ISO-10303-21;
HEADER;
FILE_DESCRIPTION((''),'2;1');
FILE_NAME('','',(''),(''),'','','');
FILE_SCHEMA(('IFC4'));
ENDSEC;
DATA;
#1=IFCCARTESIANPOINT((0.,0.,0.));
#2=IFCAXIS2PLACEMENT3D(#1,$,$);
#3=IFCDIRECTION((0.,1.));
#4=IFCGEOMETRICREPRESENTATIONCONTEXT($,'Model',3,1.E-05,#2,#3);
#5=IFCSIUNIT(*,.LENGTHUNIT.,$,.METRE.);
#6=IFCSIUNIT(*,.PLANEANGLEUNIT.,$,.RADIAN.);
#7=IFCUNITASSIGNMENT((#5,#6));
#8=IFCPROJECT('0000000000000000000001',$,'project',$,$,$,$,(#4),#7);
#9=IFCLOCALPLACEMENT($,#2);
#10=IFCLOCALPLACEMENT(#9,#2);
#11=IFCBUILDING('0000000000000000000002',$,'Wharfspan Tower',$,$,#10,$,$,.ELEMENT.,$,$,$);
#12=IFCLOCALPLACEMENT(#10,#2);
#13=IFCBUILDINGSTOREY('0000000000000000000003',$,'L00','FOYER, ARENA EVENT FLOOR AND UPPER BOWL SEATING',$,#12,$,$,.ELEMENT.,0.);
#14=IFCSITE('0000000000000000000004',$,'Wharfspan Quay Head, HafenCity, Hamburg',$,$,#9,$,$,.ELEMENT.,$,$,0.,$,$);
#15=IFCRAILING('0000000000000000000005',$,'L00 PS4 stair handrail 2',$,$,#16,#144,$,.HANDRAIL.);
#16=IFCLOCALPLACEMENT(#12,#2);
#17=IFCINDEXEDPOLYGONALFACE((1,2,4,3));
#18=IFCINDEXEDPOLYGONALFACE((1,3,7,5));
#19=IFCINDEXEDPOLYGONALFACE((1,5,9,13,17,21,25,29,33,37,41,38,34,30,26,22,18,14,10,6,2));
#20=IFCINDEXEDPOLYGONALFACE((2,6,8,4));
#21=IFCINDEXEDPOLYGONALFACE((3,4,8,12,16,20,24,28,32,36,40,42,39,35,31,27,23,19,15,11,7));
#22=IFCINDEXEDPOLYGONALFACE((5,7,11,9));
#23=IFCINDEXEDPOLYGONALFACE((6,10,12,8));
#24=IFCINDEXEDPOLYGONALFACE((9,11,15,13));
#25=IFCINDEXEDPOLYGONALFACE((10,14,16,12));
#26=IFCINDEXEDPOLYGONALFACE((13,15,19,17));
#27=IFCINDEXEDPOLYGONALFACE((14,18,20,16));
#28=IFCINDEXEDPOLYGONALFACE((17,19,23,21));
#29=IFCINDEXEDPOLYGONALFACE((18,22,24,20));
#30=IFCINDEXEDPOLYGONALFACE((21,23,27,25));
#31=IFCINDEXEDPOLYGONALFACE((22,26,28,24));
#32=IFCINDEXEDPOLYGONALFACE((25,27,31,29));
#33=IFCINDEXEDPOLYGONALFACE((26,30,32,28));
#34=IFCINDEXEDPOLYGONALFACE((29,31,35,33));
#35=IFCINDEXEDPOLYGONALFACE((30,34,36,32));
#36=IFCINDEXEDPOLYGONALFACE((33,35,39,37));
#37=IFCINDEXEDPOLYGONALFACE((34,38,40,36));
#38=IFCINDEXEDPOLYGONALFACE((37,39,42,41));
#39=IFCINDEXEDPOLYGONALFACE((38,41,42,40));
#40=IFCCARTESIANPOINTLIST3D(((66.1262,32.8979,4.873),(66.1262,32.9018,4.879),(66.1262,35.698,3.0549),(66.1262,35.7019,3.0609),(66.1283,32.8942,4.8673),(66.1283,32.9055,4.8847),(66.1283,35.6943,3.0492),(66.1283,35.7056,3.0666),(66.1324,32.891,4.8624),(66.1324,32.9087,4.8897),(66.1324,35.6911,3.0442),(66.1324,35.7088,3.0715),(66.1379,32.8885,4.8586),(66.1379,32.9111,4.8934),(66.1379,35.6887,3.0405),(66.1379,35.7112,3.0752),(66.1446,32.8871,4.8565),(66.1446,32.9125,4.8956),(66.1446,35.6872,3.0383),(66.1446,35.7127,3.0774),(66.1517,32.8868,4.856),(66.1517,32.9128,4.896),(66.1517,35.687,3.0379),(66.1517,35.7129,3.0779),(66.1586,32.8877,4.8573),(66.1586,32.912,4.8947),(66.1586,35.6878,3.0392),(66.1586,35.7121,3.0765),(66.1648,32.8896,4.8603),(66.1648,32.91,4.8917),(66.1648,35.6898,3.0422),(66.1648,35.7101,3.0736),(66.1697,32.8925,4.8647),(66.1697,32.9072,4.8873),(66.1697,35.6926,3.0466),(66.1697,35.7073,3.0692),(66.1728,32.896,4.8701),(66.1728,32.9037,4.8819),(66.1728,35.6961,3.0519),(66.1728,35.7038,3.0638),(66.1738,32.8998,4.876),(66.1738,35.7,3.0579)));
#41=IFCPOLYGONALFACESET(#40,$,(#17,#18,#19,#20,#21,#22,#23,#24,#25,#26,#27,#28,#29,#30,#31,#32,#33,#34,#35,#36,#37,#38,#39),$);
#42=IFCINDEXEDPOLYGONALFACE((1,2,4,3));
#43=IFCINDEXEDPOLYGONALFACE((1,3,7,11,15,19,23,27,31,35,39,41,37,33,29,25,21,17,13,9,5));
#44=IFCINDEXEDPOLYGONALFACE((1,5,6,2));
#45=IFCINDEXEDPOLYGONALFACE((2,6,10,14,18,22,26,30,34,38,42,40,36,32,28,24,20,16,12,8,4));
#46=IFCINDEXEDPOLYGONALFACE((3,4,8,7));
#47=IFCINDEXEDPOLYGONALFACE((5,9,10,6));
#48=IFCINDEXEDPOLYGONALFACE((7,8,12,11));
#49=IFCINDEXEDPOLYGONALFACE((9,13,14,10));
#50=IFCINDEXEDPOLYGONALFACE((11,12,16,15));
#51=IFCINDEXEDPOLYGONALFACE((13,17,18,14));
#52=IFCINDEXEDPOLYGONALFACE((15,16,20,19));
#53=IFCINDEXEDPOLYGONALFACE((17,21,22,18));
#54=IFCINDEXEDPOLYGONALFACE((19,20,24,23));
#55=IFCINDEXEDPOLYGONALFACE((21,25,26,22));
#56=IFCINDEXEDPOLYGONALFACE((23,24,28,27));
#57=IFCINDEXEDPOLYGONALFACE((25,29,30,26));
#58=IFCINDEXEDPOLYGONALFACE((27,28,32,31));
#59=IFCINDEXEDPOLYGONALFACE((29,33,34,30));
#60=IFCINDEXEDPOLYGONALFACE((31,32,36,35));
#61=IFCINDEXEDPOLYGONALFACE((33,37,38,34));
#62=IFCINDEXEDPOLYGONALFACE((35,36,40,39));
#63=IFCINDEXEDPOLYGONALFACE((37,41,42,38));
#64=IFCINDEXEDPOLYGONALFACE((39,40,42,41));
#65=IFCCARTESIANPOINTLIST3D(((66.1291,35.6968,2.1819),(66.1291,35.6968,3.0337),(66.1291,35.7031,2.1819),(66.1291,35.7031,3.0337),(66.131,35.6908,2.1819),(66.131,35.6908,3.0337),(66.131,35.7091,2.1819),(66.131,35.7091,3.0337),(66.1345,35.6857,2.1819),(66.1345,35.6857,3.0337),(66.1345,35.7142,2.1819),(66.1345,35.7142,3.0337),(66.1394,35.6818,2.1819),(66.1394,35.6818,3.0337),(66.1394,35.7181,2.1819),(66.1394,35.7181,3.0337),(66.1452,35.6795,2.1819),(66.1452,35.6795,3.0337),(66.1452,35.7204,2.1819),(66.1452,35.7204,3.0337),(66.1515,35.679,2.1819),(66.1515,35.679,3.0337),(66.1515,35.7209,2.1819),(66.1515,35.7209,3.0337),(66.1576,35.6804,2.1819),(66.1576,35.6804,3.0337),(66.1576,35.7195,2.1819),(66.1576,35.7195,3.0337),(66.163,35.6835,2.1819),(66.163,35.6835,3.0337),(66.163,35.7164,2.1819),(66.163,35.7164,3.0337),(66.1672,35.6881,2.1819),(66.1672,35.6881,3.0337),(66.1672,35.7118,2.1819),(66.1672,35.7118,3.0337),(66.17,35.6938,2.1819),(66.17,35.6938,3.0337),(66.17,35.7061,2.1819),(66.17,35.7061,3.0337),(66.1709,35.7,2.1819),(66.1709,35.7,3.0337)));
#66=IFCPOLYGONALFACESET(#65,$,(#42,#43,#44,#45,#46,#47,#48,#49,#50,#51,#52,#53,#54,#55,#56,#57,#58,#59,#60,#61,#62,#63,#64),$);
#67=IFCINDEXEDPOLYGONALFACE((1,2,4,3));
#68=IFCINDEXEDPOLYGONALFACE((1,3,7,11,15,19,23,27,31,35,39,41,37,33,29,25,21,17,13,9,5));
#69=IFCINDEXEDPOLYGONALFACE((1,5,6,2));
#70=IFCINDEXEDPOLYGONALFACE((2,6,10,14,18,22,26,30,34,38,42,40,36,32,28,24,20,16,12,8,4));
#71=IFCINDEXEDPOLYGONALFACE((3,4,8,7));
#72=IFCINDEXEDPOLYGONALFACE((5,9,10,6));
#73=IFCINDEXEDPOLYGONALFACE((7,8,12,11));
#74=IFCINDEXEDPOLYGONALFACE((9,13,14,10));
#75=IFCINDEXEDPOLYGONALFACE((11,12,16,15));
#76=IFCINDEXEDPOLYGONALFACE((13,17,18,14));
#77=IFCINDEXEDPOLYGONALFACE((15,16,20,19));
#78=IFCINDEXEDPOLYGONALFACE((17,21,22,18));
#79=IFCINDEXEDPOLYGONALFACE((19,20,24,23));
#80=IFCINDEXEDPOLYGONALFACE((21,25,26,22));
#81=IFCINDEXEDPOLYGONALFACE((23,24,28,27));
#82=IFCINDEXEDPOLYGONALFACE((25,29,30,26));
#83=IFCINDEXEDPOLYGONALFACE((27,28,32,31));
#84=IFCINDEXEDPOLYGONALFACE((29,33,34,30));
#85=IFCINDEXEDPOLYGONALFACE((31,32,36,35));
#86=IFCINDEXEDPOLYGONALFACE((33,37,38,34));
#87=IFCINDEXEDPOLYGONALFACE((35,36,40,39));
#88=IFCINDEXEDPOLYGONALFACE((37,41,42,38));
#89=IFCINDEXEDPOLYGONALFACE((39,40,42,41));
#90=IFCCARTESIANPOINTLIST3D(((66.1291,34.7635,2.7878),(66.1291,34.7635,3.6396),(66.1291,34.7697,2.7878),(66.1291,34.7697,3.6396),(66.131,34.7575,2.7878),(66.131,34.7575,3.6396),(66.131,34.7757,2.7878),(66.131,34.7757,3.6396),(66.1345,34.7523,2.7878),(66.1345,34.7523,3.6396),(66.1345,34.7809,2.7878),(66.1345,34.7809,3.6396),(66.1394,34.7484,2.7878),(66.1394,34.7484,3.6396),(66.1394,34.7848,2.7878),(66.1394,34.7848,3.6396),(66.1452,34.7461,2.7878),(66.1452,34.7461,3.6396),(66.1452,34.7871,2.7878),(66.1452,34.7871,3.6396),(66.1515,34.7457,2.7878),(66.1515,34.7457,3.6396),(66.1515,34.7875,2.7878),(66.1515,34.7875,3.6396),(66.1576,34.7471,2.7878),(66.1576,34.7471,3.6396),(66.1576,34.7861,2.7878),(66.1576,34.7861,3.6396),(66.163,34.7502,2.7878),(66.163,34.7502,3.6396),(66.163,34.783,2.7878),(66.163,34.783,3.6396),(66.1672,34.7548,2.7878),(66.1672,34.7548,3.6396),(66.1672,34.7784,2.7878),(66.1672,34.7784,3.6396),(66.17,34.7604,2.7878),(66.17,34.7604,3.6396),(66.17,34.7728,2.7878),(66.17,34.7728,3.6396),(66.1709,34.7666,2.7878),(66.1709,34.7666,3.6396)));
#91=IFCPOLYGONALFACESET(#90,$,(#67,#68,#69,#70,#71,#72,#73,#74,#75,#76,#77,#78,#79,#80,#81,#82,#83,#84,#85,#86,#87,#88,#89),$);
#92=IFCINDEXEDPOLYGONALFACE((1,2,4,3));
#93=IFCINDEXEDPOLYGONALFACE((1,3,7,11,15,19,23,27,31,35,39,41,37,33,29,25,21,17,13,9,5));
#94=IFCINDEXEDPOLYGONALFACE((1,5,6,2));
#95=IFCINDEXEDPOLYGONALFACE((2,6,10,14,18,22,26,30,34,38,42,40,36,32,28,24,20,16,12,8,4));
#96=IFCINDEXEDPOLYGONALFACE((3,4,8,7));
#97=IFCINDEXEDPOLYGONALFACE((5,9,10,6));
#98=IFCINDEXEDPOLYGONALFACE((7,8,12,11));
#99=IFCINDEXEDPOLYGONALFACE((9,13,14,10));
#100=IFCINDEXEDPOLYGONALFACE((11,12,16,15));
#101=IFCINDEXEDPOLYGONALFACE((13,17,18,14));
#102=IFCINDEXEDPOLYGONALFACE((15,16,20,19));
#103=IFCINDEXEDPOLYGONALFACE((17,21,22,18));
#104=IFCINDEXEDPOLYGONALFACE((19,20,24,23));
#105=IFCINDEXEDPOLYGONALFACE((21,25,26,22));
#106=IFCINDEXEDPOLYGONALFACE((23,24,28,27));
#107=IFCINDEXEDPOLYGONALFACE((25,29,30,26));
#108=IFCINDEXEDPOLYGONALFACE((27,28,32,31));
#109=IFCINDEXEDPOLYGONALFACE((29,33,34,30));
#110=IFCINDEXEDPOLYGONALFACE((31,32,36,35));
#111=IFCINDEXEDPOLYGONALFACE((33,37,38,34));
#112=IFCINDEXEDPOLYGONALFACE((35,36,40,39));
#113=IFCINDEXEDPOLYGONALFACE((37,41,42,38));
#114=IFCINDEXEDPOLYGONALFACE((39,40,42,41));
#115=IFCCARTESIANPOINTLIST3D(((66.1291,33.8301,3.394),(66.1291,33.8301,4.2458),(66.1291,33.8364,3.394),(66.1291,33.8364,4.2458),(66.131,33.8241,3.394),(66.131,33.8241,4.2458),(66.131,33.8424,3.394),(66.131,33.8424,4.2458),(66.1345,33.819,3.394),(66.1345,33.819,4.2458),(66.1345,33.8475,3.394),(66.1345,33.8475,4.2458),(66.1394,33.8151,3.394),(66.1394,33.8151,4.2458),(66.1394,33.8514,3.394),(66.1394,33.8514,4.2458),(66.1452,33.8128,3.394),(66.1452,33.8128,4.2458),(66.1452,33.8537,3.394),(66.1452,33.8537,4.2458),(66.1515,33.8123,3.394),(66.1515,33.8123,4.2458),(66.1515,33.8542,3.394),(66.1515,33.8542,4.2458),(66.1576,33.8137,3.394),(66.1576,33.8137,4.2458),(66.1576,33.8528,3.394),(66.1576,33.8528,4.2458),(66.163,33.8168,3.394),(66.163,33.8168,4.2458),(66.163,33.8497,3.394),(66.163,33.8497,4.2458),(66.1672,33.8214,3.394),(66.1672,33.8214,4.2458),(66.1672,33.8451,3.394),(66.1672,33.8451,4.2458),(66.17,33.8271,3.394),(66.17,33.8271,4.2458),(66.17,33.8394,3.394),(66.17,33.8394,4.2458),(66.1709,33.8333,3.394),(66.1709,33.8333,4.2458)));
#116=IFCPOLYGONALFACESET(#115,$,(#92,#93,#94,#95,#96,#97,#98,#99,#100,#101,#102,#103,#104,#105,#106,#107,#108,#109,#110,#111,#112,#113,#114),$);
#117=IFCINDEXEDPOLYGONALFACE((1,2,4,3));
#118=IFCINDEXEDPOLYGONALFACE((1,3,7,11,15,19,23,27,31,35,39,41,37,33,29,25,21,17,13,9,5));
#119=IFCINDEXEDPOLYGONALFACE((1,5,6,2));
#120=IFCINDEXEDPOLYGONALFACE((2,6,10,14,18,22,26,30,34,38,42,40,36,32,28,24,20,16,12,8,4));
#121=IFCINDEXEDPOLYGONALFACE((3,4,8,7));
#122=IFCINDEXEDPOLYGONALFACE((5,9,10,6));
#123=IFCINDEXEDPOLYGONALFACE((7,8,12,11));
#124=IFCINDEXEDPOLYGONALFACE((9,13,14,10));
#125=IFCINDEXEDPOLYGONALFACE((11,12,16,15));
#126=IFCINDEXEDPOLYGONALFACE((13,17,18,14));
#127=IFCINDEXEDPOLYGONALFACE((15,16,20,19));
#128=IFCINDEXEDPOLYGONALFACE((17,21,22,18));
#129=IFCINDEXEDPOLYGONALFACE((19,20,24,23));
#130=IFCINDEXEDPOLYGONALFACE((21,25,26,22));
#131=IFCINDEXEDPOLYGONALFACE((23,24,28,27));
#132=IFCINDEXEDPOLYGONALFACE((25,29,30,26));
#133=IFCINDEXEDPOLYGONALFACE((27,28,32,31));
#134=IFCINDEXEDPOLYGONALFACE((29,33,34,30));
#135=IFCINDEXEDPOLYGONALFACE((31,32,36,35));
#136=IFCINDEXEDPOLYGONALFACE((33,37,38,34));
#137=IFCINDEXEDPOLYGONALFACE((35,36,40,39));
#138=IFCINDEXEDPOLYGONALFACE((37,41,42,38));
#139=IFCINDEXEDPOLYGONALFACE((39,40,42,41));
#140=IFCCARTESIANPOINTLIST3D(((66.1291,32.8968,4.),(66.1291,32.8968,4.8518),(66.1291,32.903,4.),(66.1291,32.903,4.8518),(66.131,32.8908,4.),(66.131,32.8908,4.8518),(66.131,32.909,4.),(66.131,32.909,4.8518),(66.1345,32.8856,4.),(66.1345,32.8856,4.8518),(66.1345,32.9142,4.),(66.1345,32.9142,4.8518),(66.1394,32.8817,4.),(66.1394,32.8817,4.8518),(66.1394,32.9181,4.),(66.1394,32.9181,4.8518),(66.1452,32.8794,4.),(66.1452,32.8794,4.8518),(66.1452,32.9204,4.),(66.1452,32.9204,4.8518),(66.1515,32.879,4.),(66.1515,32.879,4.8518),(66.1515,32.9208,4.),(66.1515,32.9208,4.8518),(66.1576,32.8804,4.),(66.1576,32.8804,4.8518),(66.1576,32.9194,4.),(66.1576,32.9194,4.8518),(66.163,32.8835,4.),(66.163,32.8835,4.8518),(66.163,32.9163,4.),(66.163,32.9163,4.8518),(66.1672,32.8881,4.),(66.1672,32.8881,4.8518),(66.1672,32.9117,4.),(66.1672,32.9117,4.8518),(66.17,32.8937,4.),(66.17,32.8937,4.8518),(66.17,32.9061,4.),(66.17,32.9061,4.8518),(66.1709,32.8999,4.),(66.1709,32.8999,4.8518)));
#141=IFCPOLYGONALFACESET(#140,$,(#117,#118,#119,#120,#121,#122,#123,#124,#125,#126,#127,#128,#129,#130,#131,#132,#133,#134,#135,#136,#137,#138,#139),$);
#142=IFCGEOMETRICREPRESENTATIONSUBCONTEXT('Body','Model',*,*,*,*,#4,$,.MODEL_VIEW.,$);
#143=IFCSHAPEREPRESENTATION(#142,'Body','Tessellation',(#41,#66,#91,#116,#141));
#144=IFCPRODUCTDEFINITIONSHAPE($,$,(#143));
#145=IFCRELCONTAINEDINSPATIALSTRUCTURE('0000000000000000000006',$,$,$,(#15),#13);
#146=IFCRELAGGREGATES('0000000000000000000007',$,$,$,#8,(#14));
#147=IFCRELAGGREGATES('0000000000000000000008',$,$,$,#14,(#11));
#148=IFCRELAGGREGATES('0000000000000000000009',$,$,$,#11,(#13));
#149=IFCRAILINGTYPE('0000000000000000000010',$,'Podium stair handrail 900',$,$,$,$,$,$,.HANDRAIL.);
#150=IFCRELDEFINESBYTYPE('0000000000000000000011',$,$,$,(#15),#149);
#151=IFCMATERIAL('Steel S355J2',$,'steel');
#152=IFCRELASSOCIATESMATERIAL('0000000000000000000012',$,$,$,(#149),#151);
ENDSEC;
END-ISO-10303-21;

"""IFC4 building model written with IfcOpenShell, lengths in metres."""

from ifc_helpers import new_model, si_unit, direction, frame, origin, origin_2d, place, context, subcontext, project, spatial, circle, extrude, material, type_object, element, save


model = new_model("IFC4")

# Units and contexts
model_context = context("Model", 3, precision=1e-05, world=origin(), true_north=direction((0.0, 1.0)))
body_context = subcontext(model_context, "Body", "Model", "MODEL_VIEW")
ifc_project = project(units=[si_unit("LENGTHUNIT", "METRE"), si_unit("PLANEANGLEUNIT", "RADIAN")], contexts=[model_context])

# Site, building, storey
site_placement = place(None, origin())
site = spatial("IfcSite", under=ifc_project, at=site_placement, Name="Wharfspan Quay Head, HafenCity, Hamburg", CompositionType="ELEMENT", RefElevation=0.0)
building_placement = place(site_placement, origin())
building = spatial("IfcBuilding", under=site, at=building_placement, Name="Wharfspan Tower", CompositionType="ELEMENT")
storey_placement = place(building_placement, origin())
storey = spatial("IfcBuildingStorey", under=building, at=storey_placement, Name="L00", Description="FOYER, ARENA EVENT FLOOR AND UPPER BOWL SEATING", CompositionType="ELEMENT", Elevation=0.0)

# Railing
ifc_material_1 = material(Name="Steel S355J2", Category="steel")
railing_type_1 = type_object("IfcRailingType", Name="Podium stair handrail 900", PredefinedType="HANDRAIL", material=ifc_material_1)
railing_1_placement = place(storey_placement, frame((66.1499, 35.7, 2.1819)))
element("IfcRailing", 1, at=railing_1_placement, inside=storey, type_object=railing_type_1, Name="L00 PS4 stair handrail 2", PredefinedType="HANDRAIL", context=body_context, shape_type="SweptSolid", body=[
    extrude(circle(Radius=0.0239, at=origin_2d()), frame((0.0, 0.0, 0.876), z_axis=(0.0, -0.838706, 0.544585), x_axis=(1.0, 0.0, 0.0)), (0.0, 0.0, 1.0), 3.3386),
    extrude(circle(Radius=0.021, at=origin_2d()), origin(), (0.0, 0.0, 1.0), 0.8518),
    extrude(circle(Radius=0.021, at=origin_2d()), frame((0.0, -0.9334, 0.606)), (0.0, 0.0, 1.0), 0.8518),
    extrude(circle(Radius=0.021, at=origin_2d()), frame((0.0, -1.8667, 1.2122)), (0.0, 0.0, 1.0), 0.8518),
    extrude(circle(Radius=0.021, at=origin_2d()), frame((0.0, -2.8, 1.8181)), (0.0, 0.0, 1.0), 0.8518),
])

save(model, "model.ifc")
